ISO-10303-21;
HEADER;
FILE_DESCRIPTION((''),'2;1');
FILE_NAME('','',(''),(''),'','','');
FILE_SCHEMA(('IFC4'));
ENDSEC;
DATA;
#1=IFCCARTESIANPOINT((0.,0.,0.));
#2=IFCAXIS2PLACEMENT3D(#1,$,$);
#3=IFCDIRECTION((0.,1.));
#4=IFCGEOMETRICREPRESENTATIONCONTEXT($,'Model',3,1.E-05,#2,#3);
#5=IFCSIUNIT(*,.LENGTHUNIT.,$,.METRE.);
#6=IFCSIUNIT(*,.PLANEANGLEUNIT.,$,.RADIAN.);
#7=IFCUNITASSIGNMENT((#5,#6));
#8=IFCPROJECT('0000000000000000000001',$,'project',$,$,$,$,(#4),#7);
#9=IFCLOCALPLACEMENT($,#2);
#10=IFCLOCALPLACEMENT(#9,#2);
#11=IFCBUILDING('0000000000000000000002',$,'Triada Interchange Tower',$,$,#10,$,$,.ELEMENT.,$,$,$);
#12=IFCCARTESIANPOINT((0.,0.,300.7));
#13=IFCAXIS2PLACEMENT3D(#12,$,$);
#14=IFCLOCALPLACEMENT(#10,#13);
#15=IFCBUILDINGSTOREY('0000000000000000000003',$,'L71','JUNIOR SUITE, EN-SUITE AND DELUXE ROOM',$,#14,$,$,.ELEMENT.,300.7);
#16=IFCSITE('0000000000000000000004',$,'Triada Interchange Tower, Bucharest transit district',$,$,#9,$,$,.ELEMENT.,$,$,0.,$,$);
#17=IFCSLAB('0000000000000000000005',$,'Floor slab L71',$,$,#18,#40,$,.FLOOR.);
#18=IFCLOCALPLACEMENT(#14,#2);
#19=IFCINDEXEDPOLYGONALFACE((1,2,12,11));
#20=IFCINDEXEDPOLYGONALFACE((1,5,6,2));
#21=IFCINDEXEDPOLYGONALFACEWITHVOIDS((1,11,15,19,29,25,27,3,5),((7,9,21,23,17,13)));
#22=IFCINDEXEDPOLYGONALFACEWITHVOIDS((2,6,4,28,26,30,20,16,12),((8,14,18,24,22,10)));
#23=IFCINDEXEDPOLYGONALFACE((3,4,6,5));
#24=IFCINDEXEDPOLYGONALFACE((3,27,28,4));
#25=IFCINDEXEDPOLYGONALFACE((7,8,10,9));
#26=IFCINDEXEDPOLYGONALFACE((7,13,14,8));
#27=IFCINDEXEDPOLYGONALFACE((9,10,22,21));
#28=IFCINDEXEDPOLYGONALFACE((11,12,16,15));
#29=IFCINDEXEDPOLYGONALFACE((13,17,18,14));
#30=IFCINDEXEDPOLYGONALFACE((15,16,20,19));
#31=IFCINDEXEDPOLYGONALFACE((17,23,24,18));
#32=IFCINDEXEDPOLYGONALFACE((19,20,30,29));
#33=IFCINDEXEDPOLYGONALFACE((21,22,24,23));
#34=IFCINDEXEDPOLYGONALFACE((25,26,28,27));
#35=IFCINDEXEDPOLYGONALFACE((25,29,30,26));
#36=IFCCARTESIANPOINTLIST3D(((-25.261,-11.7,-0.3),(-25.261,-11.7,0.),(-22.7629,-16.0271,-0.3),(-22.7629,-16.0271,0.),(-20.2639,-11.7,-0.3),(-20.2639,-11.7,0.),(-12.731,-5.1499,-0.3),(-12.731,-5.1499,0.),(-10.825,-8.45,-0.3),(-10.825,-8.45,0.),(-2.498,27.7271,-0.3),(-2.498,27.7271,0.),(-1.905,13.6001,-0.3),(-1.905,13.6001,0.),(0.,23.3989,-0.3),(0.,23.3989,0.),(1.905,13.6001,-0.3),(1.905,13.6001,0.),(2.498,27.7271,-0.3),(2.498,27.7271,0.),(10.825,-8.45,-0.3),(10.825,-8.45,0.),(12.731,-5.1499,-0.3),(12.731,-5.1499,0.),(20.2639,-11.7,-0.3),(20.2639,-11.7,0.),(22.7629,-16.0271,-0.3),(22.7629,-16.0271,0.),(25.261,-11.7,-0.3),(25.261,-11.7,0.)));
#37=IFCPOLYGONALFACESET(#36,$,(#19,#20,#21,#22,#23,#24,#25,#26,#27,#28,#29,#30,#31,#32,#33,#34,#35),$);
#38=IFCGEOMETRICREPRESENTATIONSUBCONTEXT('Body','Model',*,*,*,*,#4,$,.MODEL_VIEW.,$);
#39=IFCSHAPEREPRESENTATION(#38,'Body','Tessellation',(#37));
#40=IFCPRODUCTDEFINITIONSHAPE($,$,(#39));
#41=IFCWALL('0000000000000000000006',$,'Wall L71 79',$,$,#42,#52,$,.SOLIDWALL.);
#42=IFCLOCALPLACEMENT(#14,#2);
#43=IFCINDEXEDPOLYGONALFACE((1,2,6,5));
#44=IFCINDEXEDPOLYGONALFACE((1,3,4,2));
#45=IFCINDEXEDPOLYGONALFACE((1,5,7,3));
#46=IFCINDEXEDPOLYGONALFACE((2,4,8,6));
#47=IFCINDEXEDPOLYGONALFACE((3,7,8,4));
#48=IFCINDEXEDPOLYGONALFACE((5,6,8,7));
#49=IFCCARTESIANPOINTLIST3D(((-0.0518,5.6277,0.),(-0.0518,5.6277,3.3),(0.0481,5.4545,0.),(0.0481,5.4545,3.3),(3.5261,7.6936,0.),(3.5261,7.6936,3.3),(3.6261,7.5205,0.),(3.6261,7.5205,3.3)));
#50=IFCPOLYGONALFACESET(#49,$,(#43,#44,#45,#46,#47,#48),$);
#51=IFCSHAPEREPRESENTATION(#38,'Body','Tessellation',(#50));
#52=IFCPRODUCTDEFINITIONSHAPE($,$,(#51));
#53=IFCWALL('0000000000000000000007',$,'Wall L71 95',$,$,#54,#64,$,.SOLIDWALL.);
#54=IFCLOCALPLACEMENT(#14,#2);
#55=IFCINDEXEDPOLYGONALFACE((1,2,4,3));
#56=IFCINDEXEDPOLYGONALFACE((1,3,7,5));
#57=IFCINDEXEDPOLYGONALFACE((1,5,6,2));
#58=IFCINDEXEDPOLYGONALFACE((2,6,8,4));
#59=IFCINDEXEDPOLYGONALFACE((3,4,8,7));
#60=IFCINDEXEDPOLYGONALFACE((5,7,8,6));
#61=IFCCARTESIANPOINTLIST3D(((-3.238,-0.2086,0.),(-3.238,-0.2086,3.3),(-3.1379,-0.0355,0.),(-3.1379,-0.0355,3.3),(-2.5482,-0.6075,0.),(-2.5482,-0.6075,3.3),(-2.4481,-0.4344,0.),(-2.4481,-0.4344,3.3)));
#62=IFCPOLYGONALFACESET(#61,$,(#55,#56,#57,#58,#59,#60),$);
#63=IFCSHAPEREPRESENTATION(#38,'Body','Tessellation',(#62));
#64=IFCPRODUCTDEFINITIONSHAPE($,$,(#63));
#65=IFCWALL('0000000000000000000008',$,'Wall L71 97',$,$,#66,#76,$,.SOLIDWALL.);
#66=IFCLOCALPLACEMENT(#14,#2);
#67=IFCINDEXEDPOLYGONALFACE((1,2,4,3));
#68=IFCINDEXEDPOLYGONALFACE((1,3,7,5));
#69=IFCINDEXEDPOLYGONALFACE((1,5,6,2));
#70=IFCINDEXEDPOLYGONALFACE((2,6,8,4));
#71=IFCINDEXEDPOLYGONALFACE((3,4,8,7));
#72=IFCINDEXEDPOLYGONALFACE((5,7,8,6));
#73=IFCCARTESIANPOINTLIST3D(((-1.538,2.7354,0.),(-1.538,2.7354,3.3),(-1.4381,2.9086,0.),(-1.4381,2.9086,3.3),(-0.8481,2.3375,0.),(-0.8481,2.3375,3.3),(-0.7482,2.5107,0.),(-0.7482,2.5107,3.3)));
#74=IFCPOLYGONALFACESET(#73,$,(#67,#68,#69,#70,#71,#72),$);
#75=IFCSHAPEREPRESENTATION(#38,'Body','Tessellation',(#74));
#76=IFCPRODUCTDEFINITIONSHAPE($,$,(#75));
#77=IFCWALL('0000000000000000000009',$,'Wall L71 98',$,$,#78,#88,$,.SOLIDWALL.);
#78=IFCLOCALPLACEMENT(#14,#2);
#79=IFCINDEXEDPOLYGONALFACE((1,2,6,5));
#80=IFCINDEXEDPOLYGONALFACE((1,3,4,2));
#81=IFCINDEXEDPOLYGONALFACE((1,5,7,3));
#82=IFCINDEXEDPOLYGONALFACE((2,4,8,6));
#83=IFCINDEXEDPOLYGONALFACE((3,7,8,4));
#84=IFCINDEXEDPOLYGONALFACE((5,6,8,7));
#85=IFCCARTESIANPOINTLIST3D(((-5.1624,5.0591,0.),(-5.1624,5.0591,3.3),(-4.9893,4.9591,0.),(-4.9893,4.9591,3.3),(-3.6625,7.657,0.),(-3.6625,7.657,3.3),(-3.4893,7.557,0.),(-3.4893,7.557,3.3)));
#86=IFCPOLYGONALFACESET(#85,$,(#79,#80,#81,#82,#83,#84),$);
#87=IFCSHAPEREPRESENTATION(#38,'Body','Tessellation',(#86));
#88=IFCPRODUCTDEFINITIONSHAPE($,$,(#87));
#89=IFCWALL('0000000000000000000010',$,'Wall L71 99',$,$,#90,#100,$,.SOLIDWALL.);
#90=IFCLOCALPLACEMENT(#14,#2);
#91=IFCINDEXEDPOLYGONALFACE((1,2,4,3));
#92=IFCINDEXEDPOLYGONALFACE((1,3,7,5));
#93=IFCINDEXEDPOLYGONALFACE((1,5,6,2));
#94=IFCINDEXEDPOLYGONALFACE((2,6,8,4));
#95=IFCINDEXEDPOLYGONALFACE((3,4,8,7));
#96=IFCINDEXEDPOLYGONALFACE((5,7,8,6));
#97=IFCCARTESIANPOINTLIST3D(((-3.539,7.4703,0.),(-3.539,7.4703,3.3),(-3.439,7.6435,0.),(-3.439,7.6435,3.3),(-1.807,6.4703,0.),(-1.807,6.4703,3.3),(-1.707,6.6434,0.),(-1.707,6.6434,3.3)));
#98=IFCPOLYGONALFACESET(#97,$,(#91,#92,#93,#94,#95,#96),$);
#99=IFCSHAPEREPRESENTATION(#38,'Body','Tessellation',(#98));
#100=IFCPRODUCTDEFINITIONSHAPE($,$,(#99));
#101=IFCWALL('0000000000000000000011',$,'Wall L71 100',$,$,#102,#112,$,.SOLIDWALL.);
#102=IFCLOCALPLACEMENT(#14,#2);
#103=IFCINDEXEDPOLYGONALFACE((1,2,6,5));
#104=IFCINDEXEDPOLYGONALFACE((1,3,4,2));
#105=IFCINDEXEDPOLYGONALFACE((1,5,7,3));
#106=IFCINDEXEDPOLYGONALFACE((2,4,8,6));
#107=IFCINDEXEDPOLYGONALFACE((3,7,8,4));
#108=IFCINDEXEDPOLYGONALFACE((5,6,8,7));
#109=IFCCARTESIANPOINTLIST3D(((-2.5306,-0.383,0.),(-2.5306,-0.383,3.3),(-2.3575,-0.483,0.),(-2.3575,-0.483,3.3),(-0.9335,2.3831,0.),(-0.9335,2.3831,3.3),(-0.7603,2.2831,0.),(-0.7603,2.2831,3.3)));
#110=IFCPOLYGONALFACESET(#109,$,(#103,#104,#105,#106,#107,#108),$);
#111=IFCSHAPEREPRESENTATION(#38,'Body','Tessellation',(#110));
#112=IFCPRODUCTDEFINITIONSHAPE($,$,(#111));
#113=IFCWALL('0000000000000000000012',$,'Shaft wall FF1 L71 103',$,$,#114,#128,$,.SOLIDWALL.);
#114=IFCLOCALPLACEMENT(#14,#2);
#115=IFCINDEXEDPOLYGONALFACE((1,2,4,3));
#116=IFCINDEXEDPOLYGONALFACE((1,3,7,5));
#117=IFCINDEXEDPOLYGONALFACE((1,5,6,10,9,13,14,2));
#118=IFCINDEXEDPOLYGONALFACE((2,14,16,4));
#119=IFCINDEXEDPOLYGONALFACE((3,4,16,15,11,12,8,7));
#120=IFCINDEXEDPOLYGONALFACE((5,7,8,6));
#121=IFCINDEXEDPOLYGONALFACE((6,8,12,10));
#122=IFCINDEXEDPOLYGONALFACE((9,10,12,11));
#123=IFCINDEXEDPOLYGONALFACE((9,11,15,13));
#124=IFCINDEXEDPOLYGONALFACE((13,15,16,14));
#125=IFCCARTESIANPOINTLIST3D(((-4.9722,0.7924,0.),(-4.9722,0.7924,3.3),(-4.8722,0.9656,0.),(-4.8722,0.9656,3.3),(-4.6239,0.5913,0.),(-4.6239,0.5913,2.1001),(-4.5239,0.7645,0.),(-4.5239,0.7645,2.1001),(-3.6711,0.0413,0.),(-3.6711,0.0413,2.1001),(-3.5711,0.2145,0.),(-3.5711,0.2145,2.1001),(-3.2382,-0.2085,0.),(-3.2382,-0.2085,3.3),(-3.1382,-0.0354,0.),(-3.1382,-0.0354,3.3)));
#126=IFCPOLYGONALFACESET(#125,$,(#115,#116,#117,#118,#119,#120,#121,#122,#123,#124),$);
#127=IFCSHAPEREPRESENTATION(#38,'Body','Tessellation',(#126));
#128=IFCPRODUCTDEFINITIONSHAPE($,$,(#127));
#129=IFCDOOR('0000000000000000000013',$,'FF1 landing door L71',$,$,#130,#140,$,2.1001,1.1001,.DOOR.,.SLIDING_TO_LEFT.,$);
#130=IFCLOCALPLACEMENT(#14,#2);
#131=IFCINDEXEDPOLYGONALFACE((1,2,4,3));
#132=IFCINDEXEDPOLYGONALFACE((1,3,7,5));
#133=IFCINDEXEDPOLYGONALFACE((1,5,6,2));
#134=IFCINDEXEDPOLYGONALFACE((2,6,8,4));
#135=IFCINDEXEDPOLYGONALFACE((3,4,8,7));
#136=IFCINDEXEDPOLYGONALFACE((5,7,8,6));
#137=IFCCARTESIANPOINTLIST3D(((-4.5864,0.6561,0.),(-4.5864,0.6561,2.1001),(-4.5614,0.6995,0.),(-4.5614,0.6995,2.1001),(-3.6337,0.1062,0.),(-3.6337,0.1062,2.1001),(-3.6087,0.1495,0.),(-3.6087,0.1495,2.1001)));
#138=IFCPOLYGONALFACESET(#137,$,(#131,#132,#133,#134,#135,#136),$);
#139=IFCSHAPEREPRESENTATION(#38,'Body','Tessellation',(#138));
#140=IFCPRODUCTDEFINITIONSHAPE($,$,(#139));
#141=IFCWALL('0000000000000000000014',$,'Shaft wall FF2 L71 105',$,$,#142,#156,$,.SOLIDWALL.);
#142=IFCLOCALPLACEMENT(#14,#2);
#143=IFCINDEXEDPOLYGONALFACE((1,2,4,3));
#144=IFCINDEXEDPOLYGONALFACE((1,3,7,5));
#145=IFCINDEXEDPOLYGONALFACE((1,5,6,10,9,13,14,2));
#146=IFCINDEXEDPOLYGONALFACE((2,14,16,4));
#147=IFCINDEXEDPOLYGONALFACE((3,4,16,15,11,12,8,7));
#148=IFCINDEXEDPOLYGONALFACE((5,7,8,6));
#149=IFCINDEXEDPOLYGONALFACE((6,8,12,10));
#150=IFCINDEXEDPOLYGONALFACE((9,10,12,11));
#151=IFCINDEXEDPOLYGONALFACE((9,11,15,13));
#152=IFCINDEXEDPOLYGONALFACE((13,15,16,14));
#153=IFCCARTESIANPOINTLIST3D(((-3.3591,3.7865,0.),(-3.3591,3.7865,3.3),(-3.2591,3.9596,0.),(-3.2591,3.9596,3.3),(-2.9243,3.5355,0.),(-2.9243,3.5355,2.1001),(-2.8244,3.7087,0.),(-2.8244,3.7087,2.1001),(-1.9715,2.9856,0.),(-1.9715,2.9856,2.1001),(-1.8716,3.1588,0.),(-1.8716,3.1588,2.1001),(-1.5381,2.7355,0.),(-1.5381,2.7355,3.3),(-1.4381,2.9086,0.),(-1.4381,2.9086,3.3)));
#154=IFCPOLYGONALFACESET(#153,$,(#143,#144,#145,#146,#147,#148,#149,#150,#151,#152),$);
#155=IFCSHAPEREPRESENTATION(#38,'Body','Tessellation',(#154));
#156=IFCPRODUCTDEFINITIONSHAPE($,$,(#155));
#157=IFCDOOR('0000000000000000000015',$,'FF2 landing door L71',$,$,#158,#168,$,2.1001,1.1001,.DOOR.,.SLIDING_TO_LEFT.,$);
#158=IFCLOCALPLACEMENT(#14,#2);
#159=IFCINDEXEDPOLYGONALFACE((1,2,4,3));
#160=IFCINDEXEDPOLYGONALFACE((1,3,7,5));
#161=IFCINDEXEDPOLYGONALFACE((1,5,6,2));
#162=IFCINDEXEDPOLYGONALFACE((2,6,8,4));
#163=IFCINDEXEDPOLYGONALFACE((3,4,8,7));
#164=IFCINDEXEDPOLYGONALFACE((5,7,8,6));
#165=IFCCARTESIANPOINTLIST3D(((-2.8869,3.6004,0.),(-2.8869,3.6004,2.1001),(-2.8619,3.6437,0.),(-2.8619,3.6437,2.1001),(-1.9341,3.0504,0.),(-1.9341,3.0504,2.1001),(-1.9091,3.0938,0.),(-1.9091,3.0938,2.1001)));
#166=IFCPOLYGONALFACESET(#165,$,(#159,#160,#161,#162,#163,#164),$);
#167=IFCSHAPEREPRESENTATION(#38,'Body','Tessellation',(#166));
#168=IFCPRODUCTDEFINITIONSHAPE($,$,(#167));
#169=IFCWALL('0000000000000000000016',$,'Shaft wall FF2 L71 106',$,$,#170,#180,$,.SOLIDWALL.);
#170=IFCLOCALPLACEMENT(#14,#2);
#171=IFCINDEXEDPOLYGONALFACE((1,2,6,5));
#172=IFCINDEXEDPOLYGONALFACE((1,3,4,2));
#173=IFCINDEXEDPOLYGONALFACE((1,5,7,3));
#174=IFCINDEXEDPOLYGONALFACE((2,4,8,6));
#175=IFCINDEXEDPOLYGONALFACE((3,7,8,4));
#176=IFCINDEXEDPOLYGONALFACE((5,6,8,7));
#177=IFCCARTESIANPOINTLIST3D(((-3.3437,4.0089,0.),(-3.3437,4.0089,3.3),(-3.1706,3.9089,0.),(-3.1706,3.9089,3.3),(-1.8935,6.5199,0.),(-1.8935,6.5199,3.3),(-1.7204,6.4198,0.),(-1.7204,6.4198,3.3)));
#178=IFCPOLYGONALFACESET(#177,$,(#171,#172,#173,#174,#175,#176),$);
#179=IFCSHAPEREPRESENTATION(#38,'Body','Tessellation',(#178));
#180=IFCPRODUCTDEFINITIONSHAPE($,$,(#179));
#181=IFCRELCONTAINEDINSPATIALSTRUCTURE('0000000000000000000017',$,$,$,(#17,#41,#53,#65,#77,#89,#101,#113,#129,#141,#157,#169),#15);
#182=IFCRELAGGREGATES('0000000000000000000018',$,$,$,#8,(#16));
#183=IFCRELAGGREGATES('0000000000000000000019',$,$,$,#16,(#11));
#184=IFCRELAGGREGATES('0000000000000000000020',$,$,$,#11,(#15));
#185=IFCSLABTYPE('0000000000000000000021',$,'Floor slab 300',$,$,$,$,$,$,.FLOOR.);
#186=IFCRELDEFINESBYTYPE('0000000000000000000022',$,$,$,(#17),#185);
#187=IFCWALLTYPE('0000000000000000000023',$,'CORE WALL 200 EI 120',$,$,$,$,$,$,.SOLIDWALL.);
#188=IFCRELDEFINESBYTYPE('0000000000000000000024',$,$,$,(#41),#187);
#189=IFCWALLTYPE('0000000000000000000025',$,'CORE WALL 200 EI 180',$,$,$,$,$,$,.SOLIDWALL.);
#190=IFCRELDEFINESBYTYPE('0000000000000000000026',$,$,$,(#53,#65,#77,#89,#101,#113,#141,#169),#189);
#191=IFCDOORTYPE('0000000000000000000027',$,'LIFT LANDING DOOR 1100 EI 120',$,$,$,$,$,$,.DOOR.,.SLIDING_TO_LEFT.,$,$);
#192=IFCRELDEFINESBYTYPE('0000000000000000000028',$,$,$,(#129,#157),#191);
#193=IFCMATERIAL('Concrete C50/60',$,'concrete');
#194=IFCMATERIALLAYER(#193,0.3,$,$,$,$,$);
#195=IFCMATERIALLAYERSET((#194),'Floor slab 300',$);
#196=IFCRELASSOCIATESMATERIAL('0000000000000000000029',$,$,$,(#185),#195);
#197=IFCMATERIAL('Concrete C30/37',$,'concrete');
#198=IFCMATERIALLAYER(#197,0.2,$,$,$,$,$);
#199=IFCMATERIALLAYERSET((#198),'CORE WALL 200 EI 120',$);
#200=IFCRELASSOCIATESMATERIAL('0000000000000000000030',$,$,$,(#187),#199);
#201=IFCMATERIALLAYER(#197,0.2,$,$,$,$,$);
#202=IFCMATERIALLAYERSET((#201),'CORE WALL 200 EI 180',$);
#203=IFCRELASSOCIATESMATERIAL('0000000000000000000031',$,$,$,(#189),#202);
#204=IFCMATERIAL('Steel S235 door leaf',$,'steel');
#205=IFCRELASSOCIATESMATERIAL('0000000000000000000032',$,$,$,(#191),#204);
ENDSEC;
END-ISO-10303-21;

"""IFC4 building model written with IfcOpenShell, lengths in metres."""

from ifc_helpers import new_model, si_unit, direction, frame, frame_2d, origin, place, context, subcontext, project, spatial, polyline, rectangle, outline, extrude, material, layer, layer_set, type_object, element, fill, save


model = new_model("IFC4")

# Units and contexts
model_context = context("Model", 3, precision=1e-05, world=origin(), true_north=direction((0.0, 1.0)))
body_context = subcontext(model_context, "Body", "Model", "MODEL_VIEW")
ifc_project = project(units=[si_unit("LENGTHUNIT", "METRE"), si_unit("PLANEANGLEUNIT", "RADIAN")], contexts=[model_context])

# Site, building, storey
site_placement = place(None, origin())
site = spatial("IfcSite", under=ifc_project, at=site_placement, Name="Triada Interchange Tower, Bucharest transit district", CompositionType="ELEMENT", RefElevation=0.0)
building_placement = place(site_placement, origin())
building = spatial("IfcBuilding", under=site, at=building_placement, Name="Triada Interchange Tower", CompositionType="ELEMENT")
storey_placement = place(building_placement, frame((0.0, 0.0, 300.7)))
storey = spatial("IfcBuildingStorey", under=building, at=storey_placement, Name="L71", Description="JUNIOR SUITE, EN-SUITE AND DELUXE ROOM", CompositionType="ELEMENT", Elevation=300.7)

# Slab
ifc_material_1 = material(Name="Concrete C50/60", Category="concrete")
ifc_layer_1 = layer(ifc_material_1, 0.3)
ifc_layer_set_1 = layer_set([ifc_layer_1], Name="Floor slab 300")
slab_type = type_object("IfcSlabType", Name="Floor slab 300", PredefinedType="FLOOR", material=ifc_layer_set_1)
slab_placement = place(storey_placement, frame((0.0, 0.0, -0.3)))
element("IfcSlab", 1, at=slab_placement, inside=storey, type_object=slab_type, Name="Floor slab L71", PredefinedType="FLOOR", context=body_context, shape_type="SweptSolid", body=[
    extrude(outline(polyline([(-2.498, 27.7271), (-25.261, -11.7), (-20.2639, -11.7), (-22.7629, -16.0271), (22.7629, -16.0271), (20.2639, -11.7), (25.261, -11.7), (2.498, 27.7271), (0.0, 23.3989), (-2.498, 27.7271)]), holes=[polyline([(1.905, 13.6001), (-1.905, 13.6001), (-12.731, -5.1499), (-10.825, -8.45), (10.825, -8.45), (12.731, -5.1499), (1.905, 13.6001)])]), origin(), (0.0, 0.0, 1.0), 0.3),
])

# Walls
ifc_material_2 = material(Name="Concrete C30/37", Category="concrete")
ifc_layer_2 = layer(ifc_material_2, 0.2)
ifc_layer_set_2 = layer_set([ifc_layer_2], Name="CORE WALL 200 EI 120")
wall_type_1 = type_object("IfcWallType", Name="CORE WALL 200 EI 120", PredefinedType="SOLIDWALL", material=ifc_layer_set_2)
wall_1_placement = place(storey_placement, frame((-0.002, 5.541, 0.0), z_axis=(0.0, 0.0, 1.0), x_axis=(0.866002, 0.500041, 0.0)))
element("IfcWall", 2, at=wall_1_placement, inside=storey, type_object=wall_type_1, Name="Wall L71 79", PredefinedType="SOLIDWALL", context=body_context, shape_type="SweptSolid", body=[
    extrude(rectangle(XDim=4.1316, YDim=0.2, at=frame_2d((2.0659, 0.0))), origin(), (0.0, 0.0, 1.0), 3.3),
])
ifc_layer_3 = layer(ifc_material_2, 0.2)
ifc_layer_set_3 = layer_set([ifc_layer_3], Name="CORE WALL 200 EI 180")
wall_type_2 = type_object("IfcWallType", Name="CORE WALL 200 EI 180", PredefinedType="SOLIDWALL", material=ifc_layer_set_3)
wall_2_placement = place(storey_placement, frame((-3.188, -0.1221, 0.0), z_axis=(0.0, 0.0, 1.0), x_axis=(0.865706, -0.500553, 0.0)))
element("IfcWall", 3, at=wall_2_placement, inside=storey, type_object=wall_type_2, Name="Wall L71 95", PredefinedType="SOLIDWALL", context=body_context, shape_type="SweptSolid", body=[
    extrude(rectangle(XDim=0.7969, YDim=0.2, at=frame_2d((0.3984, 0.0))), origin(), (0.0, 0.0, 1.0), 3.3),
])
wall_3_placement = place(storey_placement, frame((-1.488, 2.822, 0.0), z_axis=(0.0, 0.0, 1.0), x_axis=(0.866237, -0.499634, 0.0)))
element("IfcWall", 4, at=wall_3_placement, inside=storey, type_object=wall_type_2, Name="Wall L71 97", PredefinedType="SOLIDWALL", context=body_context, shape_type="SweptSolid", body=[
    extrude(rectangle(XDim=0.7964, YDim=0.2, at=frame_2d((0.3982, 0.0))), origin(), (0.0, 0.0, 1.0), 3.3),
])
wall_4_placement = place(storey_placement, frame((-5.0759, 5.009, 0.0), z_axis=(0.0, 0.0, 1.0), x_axis=(0.500025, 0.866011, 0.0)))
element("IfcWall", 5, at=wall_4_placement, inside=storey, type_object=wall_type_2, Name="Wall L71 98", PredefinedType="SOLIDWALL", context=body_context, shape_type="SweptSolid", body=[
    extrude(rectangle(XDim=2.9998, YDim=0.2, at=frame_2d((1.5, 0.0))), origin(), (0.0, 0.0, 1.0), 3.3),
])
wall_5_placement = place(storey_placement, frame((-3.489, 7.5569, 0.0), z_axis=(0.0, 0.0, 1.0), x_axis=(0.866011, -0.500025, 0.0)))
element("IfcWall", 6, at=wall_5_placement, inside=storey, type_object=wall_type_2, Name="Wall L71 99", PredefinedType="SOLIDWALL", context=body_context, shape_type="SweptSolid", body=[
    extrude(rectangle(XDim=2.0, YDim=0.2, at=frame_2d((1.0, 0.0))), origin(), (0.0, 0.0, 1.0), 3.3),
])
wall_6_placement = place(storey_placement, frame((-2.4441, -0.4331, 0.0), z_axis=(0.0, 0.0, 1.0), x_axis=(0.500036, 0.866005, 0.0)))
element("IfcWall", 7, at=wall_6_placement, inside=storey, type_object=wall_type_2, Name="Wall L71 100", PredefinedType="SOLIDWALL", context=body_context, shape_type="SweptSolid", body=[
    extrude(rectangle(XDim=3.1941, YDim=0.2, at=frame_2d((1.5972, 0.0))), origin(), (0.0, 0.0, 1.0), 3.3),
])

# Walls, openings, doors
wall_7_placement = place(storey_placement, frame((-4.9221, 0.8789, 0.0), z_axis=(0.0, 0.0, 1.0), x_axis=(0.866074, -0.499916, 0.0)))
wall_7 = element("IfcWall", 8, at=wall_7_placement, inside=storey, type_object=wall_type_2, Name="Shaft wall FF1 L71 103", PredefinedType="SOLIDWALL", context=body_context, shape_type="SweptSolid", body=[
    extrude(rectangle(XDim=2.0022, YDim=0.2, at=frame_2d((1.001, 0.0))), origin(), (0.0, 0.0, 1.0), 3.3),
])
opening_1_placement = place(wall_7_placement, frame((0.4021, 0.0, 0.0)))
opening_1 = element("IfcOpeningElement", 9, at=opening_1_placement, cuts=wall_7, PredefinedType="OPENING", context=body_context, shape_type="SweptSolid", body=[
    extrude(rectangle(XDim=1.1001, YDim=2.1001, at=frame_2d((0.55, 1.05))), frame((0.0, 0.1099, 0.0), z_axis=(0.0, -1.0, 0.0), x_axis=(1.0, 0.0, 0.0)), (0.0, 0.0, 1.0), 0.22),
])
ifc_material_3 = material(Name="Steel S235 door leaf", Category="steel")
door_type = type_object("IfcDoorType", Name="LIFT LANDING DOOR 1100 EI 120", OperationType="SLIDING_TO_LEFT", PredefinedType="DOOR", material=ifc_material_3)
door_1_placement = place(opening_1_placement, origin())
door_1 = element("IfcDoor", 10, at=door_1_placement, inside=storey, type_object=door_type, Name="FF1 landing door L71", OperationType="SLIDING_TO_LEFT", OverallHeight=2.1001, OverallWidth=1.1001, PredefinedType="DOOR", context=body_context, shape_type="SweptSolid", body=[
    extrude(rectangle(XDim=1.1001, YDim=2.1001, at=frame_2d((0.55, 1.05))), frame((0.0, 0.0249, 0.0), z_axis=(0.0, -1.0, 0.0), x_axis=(1.0, 0.0, 0.0)), (0.0, 0.0, 1.0), 0.05),
])
fill(opening_1, door_1)
wall_8_placement = place(storey_placement, frame((-3.3091, 3.873, 0.0), z_axis=(0.0, 0.0, 1.0), x_axis=(0.866099, -0.499873, 0.0)))
wall_8 = element("IfcWall", 11, at=wall_8_placement, inside=storey, type_object=wall_type_2, Name="Shaft wall FF2 L71 105", PredefinedType="SOLIDWALL", context=body_context, shape_type="SweptSolid", body=[
    extrude(rectangle(XDim=2.1025, YDim=0.2, at=frame_2d((1.0513, 0.0))), origin(), (0.0, 0.0, 1.0), 3.3),
])
opening_2_placement = place(wall_8_placement, frame((0.502, 0.0, 0.0)))
opening_2 = element("IfcOpeningElement", 12, at=opening_2_placement, cuts=wall_8, PredefinedType="OPENING", context=body_context, shape_type="SweptSolid", body=[
    extrude(rectangle(XDim=1.1001, YDim=2.1001, at=frame_2d((0.55, 1.05))), frame((0.0, 0.1099, 0.0), z_axis=(0.0, -1.0, 0.0), x_axis=(1.0, 0.0, 0.0)), (0.0, 0.0, 1.0), 0.22),
])
door_2_placement = place(opening_2_placement, origin())
door_2 = element("IfcDoor", 13, at=door_2_placement, inside=storey, type_object=door_type, Name="FF2 landing door L71", OperationType="SLIDING_TO_LEFT", OverallHeight=2.1001, OverallWidth=1.1001, PredefinedType="DOOR", context=body_context, shape_type="SweptSolid", body=[
    extrude(rectangle(XDim=1.1001, YDim=2.1001, at=frame_2d((0.55, 1.05))), frame((0.0, 0.0249, 0.0), z_axis=(0.0, -1.0, 0.0), x_axis=(1.0, 0.0, 0.0)), (0.0, 0.0, 1.0), 0.05),
])
fill(opening_2, door_2)

# Wall
wall_9_placement = place(storey_placement, frame((-3.2571, 3.959, 0.0), z_axis=(0.0, 0.0, 1.0), x_axis=(0.500123, 0.865954, 0.0)))
element("IfcWall", 14, at=wall_9_placement, inside=storey, type_object=wall_type_2, Name="Shaft wall FF2 L71 106", PredefinedType="SOLIDWALL", context=body_context, shape_type="SweptSolid", body=[
    extrude(rectangle(XDim=2.8997, YDim=0.2, at=frame_2d((1.4497, 0.0))), origin(), (0.0, 0.0, 1.0), 3.3),
])

save(model, "model.ifc")
